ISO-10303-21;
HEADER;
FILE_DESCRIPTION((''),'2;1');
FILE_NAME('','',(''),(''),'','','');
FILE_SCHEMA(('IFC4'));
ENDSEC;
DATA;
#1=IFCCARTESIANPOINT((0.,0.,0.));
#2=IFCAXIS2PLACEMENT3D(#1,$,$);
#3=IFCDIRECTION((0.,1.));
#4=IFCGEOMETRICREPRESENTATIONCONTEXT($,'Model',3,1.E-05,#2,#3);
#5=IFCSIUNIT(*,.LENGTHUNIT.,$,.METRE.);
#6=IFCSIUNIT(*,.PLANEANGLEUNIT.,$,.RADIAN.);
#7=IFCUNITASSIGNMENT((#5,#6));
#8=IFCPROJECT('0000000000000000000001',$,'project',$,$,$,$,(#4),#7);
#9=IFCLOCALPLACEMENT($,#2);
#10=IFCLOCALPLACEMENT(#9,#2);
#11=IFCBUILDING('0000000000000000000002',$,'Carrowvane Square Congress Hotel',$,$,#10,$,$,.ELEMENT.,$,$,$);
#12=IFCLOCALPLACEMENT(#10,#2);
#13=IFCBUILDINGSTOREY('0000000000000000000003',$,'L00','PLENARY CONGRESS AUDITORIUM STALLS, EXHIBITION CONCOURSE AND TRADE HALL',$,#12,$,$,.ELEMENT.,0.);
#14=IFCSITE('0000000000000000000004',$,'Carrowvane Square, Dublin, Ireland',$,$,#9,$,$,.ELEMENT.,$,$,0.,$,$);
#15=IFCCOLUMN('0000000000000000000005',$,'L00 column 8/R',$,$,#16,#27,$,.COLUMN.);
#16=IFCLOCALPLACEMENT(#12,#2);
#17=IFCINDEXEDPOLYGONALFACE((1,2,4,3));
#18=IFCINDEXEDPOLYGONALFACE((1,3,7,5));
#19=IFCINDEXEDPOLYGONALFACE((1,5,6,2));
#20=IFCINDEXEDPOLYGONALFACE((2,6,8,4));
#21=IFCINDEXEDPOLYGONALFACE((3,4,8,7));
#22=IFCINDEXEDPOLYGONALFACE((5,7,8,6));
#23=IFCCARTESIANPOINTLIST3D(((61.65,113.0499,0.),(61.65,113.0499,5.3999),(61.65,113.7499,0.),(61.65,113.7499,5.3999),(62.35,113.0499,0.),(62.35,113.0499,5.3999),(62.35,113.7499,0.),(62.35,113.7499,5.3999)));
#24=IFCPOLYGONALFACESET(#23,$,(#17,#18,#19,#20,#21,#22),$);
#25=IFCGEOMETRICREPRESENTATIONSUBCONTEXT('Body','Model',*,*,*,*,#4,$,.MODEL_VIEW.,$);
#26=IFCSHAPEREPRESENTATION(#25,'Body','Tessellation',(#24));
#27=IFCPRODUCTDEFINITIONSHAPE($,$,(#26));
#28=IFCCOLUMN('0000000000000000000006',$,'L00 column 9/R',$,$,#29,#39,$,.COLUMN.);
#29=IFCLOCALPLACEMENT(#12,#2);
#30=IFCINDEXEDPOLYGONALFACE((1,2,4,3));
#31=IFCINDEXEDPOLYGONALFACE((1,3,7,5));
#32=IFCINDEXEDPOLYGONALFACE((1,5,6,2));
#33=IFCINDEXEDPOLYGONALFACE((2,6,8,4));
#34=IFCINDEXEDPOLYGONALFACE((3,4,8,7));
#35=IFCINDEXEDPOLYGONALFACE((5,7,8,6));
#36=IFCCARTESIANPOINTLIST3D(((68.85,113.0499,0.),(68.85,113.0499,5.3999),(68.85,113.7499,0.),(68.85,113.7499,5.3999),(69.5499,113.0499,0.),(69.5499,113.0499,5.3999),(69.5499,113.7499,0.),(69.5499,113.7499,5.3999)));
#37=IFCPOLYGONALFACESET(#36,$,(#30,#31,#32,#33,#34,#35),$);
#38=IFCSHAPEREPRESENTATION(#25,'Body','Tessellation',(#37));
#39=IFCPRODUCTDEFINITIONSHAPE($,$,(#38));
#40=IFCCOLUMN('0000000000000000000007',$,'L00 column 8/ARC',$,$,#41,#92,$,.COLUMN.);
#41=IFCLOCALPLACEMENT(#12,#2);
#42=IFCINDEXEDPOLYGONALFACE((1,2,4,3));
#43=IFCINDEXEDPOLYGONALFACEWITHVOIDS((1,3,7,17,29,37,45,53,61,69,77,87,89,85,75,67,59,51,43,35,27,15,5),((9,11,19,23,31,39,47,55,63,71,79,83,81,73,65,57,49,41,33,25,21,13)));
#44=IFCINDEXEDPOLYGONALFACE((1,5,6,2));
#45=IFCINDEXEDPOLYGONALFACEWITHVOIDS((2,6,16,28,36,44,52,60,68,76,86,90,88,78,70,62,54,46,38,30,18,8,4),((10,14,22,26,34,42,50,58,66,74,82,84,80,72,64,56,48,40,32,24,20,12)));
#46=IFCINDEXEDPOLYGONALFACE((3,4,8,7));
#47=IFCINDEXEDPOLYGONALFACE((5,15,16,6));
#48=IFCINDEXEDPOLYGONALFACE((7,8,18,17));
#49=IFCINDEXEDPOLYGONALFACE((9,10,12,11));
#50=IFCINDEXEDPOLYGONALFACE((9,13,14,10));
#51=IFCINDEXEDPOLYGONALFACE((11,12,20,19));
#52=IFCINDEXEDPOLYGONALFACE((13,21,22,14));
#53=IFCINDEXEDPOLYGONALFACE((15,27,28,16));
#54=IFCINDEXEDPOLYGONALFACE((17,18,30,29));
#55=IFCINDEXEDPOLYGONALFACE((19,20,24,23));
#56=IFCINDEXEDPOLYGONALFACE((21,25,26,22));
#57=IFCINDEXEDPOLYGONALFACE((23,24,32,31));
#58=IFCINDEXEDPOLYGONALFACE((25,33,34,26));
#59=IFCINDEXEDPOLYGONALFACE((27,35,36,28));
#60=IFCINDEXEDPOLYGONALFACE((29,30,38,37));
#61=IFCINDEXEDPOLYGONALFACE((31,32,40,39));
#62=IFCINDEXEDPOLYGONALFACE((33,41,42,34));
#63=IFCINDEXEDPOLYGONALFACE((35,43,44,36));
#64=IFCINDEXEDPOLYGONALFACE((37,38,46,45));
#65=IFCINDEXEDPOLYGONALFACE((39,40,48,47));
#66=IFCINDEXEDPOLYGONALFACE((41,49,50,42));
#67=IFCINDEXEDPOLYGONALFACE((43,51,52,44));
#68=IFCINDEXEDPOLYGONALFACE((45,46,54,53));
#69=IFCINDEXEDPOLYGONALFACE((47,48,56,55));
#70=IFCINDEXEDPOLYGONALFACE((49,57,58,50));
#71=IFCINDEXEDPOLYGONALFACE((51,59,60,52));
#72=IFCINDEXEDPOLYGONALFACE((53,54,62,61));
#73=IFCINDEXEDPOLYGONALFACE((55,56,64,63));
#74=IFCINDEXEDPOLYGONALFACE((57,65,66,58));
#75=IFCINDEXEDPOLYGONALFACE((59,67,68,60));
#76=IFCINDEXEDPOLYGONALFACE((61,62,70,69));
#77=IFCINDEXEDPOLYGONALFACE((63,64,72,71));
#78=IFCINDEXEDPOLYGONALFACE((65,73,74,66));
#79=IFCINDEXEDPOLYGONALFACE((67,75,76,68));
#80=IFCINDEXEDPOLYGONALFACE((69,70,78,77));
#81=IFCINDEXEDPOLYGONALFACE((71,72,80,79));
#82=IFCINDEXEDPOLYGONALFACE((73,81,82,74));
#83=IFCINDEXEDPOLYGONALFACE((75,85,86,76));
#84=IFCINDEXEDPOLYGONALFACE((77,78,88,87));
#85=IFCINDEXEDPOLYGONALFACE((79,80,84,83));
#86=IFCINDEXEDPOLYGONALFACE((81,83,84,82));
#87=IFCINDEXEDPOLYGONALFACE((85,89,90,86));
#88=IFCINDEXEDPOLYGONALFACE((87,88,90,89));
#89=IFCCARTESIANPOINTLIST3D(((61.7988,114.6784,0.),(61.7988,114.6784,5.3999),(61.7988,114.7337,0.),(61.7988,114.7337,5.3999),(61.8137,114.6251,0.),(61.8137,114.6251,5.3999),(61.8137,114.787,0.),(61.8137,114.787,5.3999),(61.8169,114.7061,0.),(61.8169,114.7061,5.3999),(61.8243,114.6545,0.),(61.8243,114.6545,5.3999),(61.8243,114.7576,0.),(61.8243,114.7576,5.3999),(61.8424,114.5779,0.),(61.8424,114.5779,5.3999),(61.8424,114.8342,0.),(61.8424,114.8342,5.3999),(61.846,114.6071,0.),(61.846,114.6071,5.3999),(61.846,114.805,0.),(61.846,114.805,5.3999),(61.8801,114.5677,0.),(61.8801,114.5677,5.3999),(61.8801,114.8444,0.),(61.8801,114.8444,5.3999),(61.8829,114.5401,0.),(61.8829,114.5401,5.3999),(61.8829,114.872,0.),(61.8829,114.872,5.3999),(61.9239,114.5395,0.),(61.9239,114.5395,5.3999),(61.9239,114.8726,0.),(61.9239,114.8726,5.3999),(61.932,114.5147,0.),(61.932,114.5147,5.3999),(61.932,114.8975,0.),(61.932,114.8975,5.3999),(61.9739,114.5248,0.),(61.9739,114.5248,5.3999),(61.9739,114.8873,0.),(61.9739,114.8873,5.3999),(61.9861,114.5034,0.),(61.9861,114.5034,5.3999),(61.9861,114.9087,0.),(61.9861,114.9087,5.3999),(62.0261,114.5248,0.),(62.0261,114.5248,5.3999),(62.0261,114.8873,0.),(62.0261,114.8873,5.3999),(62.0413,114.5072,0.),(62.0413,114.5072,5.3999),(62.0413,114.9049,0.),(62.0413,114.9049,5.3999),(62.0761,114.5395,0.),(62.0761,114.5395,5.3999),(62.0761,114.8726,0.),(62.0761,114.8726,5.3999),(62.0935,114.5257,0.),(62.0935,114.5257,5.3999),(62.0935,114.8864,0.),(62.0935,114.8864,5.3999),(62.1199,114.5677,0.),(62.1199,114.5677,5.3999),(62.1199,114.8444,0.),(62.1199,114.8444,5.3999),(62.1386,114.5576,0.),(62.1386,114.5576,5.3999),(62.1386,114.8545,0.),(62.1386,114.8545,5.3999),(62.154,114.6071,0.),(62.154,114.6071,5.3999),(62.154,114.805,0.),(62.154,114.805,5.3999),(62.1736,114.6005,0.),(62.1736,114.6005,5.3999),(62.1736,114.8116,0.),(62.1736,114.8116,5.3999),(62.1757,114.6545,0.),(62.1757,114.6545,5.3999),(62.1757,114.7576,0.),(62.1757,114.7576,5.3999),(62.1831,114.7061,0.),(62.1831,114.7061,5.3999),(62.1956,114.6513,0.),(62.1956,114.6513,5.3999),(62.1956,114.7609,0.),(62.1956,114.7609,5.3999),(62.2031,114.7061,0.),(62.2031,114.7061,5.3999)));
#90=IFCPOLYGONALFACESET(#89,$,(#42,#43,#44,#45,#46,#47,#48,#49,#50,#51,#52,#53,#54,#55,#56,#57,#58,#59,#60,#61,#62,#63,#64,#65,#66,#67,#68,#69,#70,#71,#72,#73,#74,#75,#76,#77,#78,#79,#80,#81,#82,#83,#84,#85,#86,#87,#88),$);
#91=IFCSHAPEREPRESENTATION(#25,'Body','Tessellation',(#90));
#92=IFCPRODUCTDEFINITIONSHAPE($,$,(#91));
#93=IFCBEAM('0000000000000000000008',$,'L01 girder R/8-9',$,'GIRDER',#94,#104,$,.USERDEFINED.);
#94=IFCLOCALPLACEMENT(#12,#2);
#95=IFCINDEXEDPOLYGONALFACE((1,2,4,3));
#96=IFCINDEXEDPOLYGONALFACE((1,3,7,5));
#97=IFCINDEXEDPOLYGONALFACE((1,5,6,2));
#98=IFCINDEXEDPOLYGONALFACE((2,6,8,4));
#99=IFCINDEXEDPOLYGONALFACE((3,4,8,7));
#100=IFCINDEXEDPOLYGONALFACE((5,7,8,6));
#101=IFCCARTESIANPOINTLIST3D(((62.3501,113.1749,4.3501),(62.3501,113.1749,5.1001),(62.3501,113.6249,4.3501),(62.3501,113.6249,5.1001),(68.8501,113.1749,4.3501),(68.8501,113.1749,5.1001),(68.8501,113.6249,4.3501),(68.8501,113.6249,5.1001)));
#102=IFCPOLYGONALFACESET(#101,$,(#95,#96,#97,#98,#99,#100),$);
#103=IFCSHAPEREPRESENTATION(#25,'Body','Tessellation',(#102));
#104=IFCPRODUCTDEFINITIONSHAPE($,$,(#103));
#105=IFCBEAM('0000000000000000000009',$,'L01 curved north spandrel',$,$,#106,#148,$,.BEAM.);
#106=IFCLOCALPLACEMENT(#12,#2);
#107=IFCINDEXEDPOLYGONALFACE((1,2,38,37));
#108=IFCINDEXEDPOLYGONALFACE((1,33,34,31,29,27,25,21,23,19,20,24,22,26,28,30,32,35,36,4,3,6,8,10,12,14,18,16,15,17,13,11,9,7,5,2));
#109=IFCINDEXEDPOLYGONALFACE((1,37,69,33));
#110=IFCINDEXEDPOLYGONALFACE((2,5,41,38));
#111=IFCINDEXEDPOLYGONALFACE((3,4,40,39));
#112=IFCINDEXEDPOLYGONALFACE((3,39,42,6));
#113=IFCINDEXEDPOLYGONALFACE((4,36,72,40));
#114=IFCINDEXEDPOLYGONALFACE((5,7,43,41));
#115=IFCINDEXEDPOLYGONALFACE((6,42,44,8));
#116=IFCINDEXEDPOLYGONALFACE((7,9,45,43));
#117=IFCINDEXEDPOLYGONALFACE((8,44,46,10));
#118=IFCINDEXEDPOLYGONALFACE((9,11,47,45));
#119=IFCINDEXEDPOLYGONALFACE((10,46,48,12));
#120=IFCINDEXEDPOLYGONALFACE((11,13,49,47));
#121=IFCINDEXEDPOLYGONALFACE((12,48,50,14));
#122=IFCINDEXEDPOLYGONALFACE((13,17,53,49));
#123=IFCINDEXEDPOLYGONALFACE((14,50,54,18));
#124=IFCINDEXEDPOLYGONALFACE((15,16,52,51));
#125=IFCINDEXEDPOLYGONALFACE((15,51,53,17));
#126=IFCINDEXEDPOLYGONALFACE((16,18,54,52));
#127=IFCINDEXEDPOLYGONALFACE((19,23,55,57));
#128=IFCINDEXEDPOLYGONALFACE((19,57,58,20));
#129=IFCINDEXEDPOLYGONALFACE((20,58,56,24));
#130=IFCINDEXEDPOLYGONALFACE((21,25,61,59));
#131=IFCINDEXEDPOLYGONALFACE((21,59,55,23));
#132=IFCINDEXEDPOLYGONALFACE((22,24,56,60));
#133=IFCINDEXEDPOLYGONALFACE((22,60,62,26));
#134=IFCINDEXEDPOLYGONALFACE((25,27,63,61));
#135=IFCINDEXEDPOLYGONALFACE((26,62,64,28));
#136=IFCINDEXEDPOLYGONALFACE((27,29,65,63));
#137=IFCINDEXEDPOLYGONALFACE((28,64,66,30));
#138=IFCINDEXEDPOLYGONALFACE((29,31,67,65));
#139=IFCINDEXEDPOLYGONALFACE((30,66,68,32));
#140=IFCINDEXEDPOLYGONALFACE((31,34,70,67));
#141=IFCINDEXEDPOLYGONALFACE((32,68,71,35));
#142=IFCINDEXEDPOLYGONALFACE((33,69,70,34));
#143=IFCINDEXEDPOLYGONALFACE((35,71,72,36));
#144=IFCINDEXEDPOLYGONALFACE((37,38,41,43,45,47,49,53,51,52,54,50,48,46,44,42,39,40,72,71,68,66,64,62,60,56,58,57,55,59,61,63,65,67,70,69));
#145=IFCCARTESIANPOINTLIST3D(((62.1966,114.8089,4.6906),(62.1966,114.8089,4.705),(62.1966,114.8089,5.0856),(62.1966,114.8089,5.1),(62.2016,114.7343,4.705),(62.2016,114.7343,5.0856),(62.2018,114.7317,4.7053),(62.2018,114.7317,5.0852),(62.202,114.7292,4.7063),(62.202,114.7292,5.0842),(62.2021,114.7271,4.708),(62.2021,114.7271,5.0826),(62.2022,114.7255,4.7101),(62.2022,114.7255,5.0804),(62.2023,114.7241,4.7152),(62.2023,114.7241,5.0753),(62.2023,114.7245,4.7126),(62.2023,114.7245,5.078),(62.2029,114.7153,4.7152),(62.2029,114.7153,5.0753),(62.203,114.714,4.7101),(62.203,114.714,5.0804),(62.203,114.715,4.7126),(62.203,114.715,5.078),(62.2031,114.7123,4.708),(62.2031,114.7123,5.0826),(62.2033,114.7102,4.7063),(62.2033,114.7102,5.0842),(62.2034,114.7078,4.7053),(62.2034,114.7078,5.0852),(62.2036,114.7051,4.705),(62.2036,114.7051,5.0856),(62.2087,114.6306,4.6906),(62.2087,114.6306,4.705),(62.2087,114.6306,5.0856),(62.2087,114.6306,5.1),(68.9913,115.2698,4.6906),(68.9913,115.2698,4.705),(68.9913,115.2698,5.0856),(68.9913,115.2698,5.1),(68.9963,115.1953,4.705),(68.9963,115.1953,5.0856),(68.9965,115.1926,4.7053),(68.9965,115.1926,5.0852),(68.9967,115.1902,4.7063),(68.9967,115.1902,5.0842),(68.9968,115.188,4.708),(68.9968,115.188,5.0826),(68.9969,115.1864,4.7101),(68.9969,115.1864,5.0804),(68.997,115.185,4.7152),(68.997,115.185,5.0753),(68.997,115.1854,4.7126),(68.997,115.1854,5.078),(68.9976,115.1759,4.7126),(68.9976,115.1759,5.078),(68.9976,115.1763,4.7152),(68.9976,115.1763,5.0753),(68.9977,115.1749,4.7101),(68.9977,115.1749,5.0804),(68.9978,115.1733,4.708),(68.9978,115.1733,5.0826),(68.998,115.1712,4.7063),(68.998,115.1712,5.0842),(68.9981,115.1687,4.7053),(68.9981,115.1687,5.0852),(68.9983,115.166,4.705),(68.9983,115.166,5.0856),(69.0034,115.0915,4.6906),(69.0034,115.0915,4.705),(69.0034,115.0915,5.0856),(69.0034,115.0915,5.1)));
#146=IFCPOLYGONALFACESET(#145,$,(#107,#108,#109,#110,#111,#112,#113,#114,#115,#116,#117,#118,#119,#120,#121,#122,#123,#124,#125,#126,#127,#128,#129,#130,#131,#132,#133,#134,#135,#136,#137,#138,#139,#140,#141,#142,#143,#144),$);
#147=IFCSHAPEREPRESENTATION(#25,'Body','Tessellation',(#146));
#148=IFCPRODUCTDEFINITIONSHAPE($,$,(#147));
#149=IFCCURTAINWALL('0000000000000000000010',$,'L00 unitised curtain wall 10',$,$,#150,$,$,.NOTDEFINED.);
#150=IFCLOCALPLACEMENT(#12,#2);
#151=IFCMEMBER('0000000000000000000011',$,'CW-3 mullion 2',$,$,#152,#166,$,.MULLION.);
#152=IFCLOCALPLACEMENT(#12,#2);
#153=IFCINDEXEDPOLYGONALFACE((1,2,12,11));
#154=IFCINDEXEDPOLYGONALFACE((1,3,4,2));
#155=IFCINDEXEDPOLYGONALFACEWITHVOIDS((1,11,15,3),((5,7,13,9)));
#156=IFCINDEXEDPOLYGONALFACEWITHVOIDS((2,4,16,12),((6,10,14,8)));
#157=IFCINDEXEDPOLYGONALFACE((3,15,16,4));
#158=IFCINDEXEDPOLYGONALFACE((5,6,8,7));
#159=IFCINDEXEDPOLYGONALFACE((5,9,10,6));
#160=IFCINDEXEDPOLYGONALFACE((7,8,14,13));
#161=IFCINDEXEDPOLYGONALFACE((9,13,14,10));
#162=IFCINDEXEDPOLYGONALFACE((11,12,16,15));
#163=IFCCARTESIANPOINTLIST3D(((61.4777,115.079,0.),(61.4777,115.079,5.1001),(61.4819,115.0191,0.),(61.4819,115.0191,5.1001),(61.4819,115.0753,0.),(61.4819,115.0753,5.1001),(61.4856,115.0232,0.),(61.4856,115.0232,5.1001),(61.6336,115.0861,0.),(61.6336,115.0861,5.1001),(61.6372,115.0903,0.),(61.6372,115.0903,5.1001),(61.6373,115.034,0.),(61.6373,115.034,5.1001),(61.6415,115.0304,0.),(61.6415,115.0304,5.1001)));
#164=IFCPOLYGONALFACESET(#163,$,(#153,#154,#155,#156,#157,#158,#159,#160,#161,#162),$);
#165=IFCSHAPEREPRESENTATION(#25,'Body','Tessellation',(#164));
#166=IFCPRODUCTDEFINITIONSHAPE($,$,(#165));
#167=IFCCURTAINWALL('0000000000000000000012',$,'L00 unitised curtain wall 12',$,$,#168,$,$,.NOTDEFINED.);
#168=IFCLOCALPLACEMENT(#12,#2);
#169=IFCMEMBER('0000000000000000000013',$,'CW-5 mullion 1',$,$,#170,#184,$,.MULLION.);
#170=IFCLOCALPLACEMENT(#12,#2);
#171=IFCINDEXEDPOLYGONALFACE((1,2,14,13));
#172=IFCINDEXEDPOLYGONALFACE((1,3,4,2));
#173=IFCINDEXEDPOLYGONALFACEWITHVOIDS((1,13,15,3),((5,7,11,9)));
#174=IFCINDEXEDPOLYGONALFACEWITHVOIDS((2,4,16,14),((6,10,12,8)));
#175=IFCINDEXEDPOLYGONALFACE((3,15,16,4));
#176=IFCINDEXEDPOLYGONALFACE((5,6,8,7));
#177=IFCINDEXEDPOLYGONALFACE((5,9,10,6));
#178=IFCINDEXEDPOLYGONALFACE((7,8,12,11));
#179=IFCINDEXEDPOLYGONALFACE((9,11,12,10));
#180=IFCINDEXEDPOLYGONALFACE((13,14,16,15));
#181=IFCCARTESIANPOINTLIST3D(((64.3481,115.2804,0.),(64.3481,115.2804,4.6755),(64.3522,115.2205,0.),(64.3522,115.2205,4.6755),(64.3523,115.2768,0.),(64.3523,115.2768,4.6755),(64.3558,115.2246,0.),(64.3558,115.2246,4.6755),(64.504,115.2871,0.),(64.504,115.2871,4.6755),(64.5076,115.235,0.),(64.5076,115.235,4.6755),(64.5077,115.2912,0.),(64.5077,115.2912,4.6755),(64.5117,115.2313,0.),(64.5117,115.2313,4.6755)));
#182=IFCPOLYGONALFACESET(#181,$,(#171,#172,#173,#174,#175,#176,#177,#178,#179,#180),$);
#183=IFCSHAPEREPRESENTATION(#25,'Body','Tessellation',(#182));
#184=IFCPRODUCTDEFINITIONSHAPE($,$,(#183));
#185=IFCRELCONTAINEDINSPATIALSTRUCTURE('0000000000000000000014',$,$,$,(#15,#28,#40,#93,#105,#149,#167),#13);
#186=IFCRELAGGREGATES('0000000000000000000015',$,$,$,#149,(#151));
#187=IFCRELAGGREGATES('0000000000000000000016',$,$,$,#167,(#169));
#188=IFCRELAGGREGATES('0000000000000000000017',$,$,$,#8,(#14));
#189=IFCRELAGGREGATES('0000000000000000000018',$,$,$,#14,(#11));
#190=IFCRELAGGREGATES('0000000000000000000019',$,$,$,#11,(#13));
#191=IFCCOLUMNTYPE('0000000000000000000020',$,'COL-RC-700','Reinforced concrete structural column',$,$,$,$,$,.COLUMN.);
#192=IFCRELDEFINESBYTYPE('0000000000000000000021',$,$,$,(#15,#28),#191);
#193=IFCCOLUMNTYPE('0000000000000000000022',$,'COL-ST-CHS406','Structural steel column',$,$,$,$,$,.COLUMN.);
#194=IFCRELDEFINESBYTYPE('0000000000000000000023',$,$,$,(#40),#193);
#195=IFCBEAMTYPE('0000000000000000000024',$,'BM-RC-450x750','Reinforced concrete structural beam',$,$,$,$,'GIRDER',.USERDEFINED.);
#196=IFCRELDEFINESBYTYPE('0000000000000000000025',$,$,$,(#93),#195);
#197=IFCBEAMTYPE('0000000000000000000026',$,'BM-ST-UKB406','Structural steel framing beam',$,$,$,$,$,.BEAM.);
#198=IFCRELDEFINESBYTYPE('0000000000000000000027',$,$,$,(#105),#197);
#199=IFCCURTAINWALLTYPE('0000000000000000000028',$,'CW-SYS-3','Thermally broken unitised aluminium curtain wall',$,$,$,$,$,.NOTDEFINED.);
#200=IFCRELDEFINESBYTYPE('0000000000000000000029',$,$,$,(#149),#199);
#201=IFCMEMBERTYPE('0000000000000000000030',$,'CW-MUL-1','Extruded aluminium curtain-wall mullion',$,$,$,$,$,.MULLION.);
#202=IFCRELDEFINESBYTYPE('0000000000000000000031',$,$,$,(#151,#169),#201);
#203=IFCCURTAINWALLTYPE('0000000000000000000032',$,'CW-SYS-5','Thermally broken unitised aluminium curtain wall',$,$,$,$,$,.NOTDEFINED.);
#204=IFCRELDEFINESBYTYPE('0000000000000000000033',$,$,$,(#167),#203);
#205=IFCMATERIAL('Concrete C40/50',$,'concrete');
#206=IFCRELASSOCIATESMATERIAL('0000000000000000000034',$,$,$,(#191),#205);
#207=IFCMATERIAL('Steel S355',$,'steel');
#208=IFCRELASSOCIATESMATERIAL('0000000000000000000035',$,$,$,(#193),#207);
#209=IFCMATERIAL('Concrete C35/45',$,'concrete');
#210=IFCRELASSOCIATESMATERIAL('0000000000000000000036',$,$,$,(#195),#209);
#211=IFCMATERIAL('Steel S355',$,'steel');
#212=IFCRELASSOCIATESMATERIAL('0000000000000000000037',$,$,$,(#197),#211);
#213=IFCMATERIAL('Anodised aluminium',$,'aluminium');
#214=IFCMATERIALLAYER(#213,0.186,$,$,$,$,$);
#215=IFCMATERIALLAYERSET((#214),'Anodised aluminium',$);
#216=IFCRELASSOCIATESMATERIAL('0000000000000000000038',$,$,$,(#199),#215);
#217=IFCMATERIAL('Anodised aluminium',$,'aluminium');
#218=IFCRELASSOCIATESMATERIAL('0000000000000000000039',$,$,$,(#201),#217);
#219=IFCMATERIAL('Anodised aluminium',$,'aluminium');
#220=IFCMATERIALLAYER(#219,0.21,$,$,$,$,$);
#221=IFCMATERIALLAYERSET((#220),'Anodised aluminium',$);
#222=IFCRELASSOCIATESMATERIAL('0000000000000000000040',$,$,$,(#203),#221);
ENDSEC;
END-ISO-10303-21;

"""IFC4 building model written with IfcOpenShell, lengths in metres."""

from ifc_helpers import new_model, si_unit, direction, frame, origin, origin_2d, place, context, subcontext, project, spatial, rectangle, hollow_rectangle, hollow_circle, i_section, extrude, material, layer, layer_set, material_profile, profile_set, type_object, element, aggregate, save


model = new_model("IFC4")

# Units and contexts
model_context = context("Model", 3, precision=1e-05, world=origin(), true_north=direction((0.0, 1.0)))
body_context = subcontext(model_context, "Body", "Model", "MODEL_VIEW")
ifc_project = project(units=[si_unit("LENGTHUNIT", "METRE"), si_unit("PLANEANGLEUNIT", "RADIAN")], contexts=[model_context])

# Site, building, storey
site_placement = place(None, origin())
site = spatial("IfcSite", under=ifc_project, at=site_placement, Name="Carrowvane Square, Dublin, Ireland", CompositionType="ELEMENT", RefElevation=0.0)
building_placement = place(site_placement, origin())
building = spatial("IfcBuilding", under=site, at=building_placement, Name="Carrowvane Square Congress Hotel", CompositionType="ELEMENT")
storey_placement = place(building_placement, origin())
storey = spatial("IfcBuildingStorey", under=building, at=storey_placement, Name="L00", Description="PLENARY CONGRESS AUDITORIUM STALLS, EXHIBITION CONCOURSE AND TRADE HALL", CompositionType="ELEMENT", Elevation=0.0)

# Columns
ifc_material_1 = material(Name="Concrete C40/50", Category="concrete")
ifc_material_profile_1 = material_profile(ifc_material_1, rectangle(XDim=0.7, YDim=0.7, at=origin_2d()), Name="RC 700x700")
ifc_profile_set_1 = profile_set([ifc_material_profile_1], Name="Concrete C40/50")
column_type_1 = type_object("IfcColumnType", Name="COL-RC-700", Description="Reinforced concrete structural column", PredefinedType="COLUMN", material=ifc_profile_set_1)
for number, where, z_axis, x_axis, name in (
    (1, (62.0, 113.3999, 0.0), (0.0, 0.0, 1.0), (1.0, 0.0, 0.0), "L00 column 8/R"),
    (2, (69.2, 113.3999, 0.0), (0.0, 0.0, 1.0), (1.0, 0.0, 0.0), "L00 column 9/R"),
):
    element("IfcColumn", number, at=place(storey_placement, frame(where, z_axis=z_axis, x_axis=x_axis)), inside=storey, type_object=column_type_1, Name=name, PredefinedType="COLUMN", context=body_context, shape_type="SweptSolid", body=[
        extrude(rectangle(XDim=0.7, YDim=0.7, at=origin_2d()), origin(), (0.0, 0.0, 1.0), 5.3999),
    ])
ifc_material_2 = material(Name="Steel S355", Category="steel")
ifc_material_profile_2 = material_profile(ifc_material_2, hollow_circle(Radius=0.2031, WallThickness=0.02, at=origin_2d()), Name="CHS 406.4x20")
ifc_profile_set_2 = profile_set([ifc_material_profile_2], Name="Steel S355")
column_type_2 = type_object("IfcColumnType", Name="COL-ST-CHS406", Description="Structural steel column", PredefinedType="COLUMN", material=ifc_profile_set_2)
column_placement = place(storey_placement, frame((62.0, 114.7061, 0.0), z_axis=(0.0, 0.0, 1.0), x_axis=(1.0, 0.0, 0.0)))
element("IfcColumn", 3, at=column_placement, inside=storey, type_object=column_type_2, Name="L00 column 8/ARC", PredefinedType="COLUMN", context=body_context, shape_type="SweptSolid", body=[
    extrude(hollow_circle(Radius=0.2031, WallThickness=0.02, at=origin_2d()), origin(), (0.0, 0.0, 1.0), 5.3999),
])

# Beams
ifc_material_3 = material(Name="Concrete C35/45", Category="concrete")
ifc_material_profile_3 = material_profile(ifc_material_3, rectangle(XDim=0.45, YDim=0.75, at=origin_2d()), Name="RC 450x750")
ifc_profile_set_3 = profile_set([ifc_material_profile_3], Name="Concrete C35/45")
beam_type_1 = type_object("IfcBeamType", Name="BM-RC-450x750", Description="Reinforced concrete structural beam", ElementType="GIRDER", PredefinedType="USERDEFINED", material=ifc_profile_set_3)
beam_1_placement = place(storey_placement, frame((62.3501, 113.3999, 4.7251), z_axis=(1.0, 0.0, 0.0), x_axis=(0.0, 1.0, 0.0)))
element("IfcBeam", 4, at=beam_1_placement, inside=storey, type_object=beam_type_1, Name="L01 girder R/8-9", ObjectType="GIRDER", PredefinedType="USERDEFINED", context=body_context, shape_type="SweptSolid", body=[
    extrude(rectangle(XDim=0.45, YDim=0.75, at=origin_2d()), origin(), (0.0, 0.0, 1.0), 6.5),
])
ifc_material_4 = material(Name="Steel S355", Category="steel")
ifc_material_profile_4 = material_profile(ifc_material_4, i_section(OverallWidth=0.1787, OverallDepth=0.4094, WebThickness=0.0088, FlangeThickness=0.0144, FilletRadius=0.0103, at=origin_2d()), Name="UKB 406x178x67")
ifc_profile_set_4 = profile_set([ifc_material_profile_4], Name="Steel S355")
beam_type_2 = type_object("IfcBeamType", Name="BM-ST-UKB406", Description="Structural steel framing beam", PredefinedType="BEAM", material=ifc_profile_set_4)
beam_2_placement = place(storey_placement, frame((62.2026, 114.7197, 4.8953), z_axis=(0.997707, 0.067682, 0.0), x_axis=(-0.067682, 0.997707, 0.0)))
element("IfcBeam", 5, at=beam_2_placement, inside=storey, type_object=beam_type_2, Name="L01 curved north spandrel", PredefinedType="BEAM", context=body_context, shape_type="SweptSolid", body=[
    extrude(i_section(OverallWidth=0.1787, OverallDepth=0.4094, WebThickness=0.0088, FlangeThickness=0.0144, FilletRadius=0.0103, at=origin_2d()), origin(), (0.0, 0.0, 1.0), 6.8103),
])

# Curtain walls, members
ifc_material_5 = material(Name="Anodised aluminium", Category="aluminium")
ifc_layer_1 = layer(ifc_material_5, 0.186)
ifc_layer_set_1 = layer_set([ifc_layer_1], Name="Anodised aluminium")
curtain_wall_type_1 = type_object("IfcCurtainWallType", Name="CW-SYS-3", Description="Thermally broken unitised aluminium curtain wall", PredefinedType="NOTDEFINED", material=ifc_layer_set_1)
curtain_wall_1_placement = place(storey_placement, origin())
curtain_wall_1 = element("IfcCurtainWall", 6, at=curtain_wall_1_placement, inside=storey, type_object=curtain_wall_type_1, Name="L00 unitised curtain wall 10", PredefinedType="NOTDEFINED")
ifc_material_6 = material(Name="Anodised aluminium", Category="aluminium")
ifc_material_profile_5 = material_profile(ifc_material_6, hollow_rectangle(XDim=0.0601, YDim=0.1599, WallThickness=0.0039, at=origin_2d()), Name="CW-ML 60x160x4")
ifc_profile_set_5 = profile_set([ifc_material_profile_5], Name="Anodised aluminium")
member_type_1 = type_object("IfcMemberType", Name="CW-MUL-1", Description="Extruded aluminium curtain-wall mullion", PredefinedType="MULLION", material=ifc_profile_set_5)
member_1_placement = place(storey_placement, frame((61.5596, 115.0547, 0.0), z_axis=(0.0, 0.0, 1.0), x_axis=(-0.07096, 0.997479, 0.0)))
member_1 = element("IfcMember", 7, at=member_1_placement, type_object=member_type_1, Name="CW-3 mullion 2", PredefinedType="MULLION", context=body_context, shape_type="SweptSolid", body=[
    extrude(hollow_rectangle(XDim=0.0601, YDim=0.1599, WallThickness=0.0039, at=origin_2d()), origin(), (0.0, 0.0, 1.0), 5.1001),
])
aggregate(curtain_wall_1, [member_1])
ifc_material_7 = material(Name="Anodised aluminium", Category="aluminium")
ifc_layer_2 = layer(ifc_material_7, 0.21)
ifc_layer_set_2 = layer_set([ifc_layer_2], Name="Anodised aluminium")
curtain_wall_type_2 = type_object("IfcCurtainWallType", Name="CW-SYS-5", Description="Thermally broken unitised aluminium curtain wall", PredefinedType="NOTDEFINED", material=ifc_layer_set_2)
curtain_wall_2_placement = place(storey_placement, origin())
curtain_wall_2 = element("IfcCurtainWall", 8, at=curtain_wall_2_placement, inside=storey, type_object=curtain_wall_type_2, Name="L00 unitised curtain wall 12", PredefinedType="NOTDEFINED")
member_2_placement = place(storey_placement, frame((64.4299, 115.2559, 0.0), z_axis=(0.0, 0.0, 1.0), x_axis=(-0.067865, 0.997694, 0.0)))
member_2 = element("IfcMember", 9, at=member_2_placement, type_object=member_type_1, Name="CW-5 mullion 1", PredefinedType="MULLION", context=body_context, shape_type="SweptSolid", body=[
    extrude(hollow_rectangle(XDim=0.0601, YDim=0.1599, WallThickness=0.0039, at=origin_2d()), origin(), (0.0, 0.0, 1.0), 4.6755),
])

aggregate(curtain_wall_2, [member_2])

save(model, "model.ifc")
